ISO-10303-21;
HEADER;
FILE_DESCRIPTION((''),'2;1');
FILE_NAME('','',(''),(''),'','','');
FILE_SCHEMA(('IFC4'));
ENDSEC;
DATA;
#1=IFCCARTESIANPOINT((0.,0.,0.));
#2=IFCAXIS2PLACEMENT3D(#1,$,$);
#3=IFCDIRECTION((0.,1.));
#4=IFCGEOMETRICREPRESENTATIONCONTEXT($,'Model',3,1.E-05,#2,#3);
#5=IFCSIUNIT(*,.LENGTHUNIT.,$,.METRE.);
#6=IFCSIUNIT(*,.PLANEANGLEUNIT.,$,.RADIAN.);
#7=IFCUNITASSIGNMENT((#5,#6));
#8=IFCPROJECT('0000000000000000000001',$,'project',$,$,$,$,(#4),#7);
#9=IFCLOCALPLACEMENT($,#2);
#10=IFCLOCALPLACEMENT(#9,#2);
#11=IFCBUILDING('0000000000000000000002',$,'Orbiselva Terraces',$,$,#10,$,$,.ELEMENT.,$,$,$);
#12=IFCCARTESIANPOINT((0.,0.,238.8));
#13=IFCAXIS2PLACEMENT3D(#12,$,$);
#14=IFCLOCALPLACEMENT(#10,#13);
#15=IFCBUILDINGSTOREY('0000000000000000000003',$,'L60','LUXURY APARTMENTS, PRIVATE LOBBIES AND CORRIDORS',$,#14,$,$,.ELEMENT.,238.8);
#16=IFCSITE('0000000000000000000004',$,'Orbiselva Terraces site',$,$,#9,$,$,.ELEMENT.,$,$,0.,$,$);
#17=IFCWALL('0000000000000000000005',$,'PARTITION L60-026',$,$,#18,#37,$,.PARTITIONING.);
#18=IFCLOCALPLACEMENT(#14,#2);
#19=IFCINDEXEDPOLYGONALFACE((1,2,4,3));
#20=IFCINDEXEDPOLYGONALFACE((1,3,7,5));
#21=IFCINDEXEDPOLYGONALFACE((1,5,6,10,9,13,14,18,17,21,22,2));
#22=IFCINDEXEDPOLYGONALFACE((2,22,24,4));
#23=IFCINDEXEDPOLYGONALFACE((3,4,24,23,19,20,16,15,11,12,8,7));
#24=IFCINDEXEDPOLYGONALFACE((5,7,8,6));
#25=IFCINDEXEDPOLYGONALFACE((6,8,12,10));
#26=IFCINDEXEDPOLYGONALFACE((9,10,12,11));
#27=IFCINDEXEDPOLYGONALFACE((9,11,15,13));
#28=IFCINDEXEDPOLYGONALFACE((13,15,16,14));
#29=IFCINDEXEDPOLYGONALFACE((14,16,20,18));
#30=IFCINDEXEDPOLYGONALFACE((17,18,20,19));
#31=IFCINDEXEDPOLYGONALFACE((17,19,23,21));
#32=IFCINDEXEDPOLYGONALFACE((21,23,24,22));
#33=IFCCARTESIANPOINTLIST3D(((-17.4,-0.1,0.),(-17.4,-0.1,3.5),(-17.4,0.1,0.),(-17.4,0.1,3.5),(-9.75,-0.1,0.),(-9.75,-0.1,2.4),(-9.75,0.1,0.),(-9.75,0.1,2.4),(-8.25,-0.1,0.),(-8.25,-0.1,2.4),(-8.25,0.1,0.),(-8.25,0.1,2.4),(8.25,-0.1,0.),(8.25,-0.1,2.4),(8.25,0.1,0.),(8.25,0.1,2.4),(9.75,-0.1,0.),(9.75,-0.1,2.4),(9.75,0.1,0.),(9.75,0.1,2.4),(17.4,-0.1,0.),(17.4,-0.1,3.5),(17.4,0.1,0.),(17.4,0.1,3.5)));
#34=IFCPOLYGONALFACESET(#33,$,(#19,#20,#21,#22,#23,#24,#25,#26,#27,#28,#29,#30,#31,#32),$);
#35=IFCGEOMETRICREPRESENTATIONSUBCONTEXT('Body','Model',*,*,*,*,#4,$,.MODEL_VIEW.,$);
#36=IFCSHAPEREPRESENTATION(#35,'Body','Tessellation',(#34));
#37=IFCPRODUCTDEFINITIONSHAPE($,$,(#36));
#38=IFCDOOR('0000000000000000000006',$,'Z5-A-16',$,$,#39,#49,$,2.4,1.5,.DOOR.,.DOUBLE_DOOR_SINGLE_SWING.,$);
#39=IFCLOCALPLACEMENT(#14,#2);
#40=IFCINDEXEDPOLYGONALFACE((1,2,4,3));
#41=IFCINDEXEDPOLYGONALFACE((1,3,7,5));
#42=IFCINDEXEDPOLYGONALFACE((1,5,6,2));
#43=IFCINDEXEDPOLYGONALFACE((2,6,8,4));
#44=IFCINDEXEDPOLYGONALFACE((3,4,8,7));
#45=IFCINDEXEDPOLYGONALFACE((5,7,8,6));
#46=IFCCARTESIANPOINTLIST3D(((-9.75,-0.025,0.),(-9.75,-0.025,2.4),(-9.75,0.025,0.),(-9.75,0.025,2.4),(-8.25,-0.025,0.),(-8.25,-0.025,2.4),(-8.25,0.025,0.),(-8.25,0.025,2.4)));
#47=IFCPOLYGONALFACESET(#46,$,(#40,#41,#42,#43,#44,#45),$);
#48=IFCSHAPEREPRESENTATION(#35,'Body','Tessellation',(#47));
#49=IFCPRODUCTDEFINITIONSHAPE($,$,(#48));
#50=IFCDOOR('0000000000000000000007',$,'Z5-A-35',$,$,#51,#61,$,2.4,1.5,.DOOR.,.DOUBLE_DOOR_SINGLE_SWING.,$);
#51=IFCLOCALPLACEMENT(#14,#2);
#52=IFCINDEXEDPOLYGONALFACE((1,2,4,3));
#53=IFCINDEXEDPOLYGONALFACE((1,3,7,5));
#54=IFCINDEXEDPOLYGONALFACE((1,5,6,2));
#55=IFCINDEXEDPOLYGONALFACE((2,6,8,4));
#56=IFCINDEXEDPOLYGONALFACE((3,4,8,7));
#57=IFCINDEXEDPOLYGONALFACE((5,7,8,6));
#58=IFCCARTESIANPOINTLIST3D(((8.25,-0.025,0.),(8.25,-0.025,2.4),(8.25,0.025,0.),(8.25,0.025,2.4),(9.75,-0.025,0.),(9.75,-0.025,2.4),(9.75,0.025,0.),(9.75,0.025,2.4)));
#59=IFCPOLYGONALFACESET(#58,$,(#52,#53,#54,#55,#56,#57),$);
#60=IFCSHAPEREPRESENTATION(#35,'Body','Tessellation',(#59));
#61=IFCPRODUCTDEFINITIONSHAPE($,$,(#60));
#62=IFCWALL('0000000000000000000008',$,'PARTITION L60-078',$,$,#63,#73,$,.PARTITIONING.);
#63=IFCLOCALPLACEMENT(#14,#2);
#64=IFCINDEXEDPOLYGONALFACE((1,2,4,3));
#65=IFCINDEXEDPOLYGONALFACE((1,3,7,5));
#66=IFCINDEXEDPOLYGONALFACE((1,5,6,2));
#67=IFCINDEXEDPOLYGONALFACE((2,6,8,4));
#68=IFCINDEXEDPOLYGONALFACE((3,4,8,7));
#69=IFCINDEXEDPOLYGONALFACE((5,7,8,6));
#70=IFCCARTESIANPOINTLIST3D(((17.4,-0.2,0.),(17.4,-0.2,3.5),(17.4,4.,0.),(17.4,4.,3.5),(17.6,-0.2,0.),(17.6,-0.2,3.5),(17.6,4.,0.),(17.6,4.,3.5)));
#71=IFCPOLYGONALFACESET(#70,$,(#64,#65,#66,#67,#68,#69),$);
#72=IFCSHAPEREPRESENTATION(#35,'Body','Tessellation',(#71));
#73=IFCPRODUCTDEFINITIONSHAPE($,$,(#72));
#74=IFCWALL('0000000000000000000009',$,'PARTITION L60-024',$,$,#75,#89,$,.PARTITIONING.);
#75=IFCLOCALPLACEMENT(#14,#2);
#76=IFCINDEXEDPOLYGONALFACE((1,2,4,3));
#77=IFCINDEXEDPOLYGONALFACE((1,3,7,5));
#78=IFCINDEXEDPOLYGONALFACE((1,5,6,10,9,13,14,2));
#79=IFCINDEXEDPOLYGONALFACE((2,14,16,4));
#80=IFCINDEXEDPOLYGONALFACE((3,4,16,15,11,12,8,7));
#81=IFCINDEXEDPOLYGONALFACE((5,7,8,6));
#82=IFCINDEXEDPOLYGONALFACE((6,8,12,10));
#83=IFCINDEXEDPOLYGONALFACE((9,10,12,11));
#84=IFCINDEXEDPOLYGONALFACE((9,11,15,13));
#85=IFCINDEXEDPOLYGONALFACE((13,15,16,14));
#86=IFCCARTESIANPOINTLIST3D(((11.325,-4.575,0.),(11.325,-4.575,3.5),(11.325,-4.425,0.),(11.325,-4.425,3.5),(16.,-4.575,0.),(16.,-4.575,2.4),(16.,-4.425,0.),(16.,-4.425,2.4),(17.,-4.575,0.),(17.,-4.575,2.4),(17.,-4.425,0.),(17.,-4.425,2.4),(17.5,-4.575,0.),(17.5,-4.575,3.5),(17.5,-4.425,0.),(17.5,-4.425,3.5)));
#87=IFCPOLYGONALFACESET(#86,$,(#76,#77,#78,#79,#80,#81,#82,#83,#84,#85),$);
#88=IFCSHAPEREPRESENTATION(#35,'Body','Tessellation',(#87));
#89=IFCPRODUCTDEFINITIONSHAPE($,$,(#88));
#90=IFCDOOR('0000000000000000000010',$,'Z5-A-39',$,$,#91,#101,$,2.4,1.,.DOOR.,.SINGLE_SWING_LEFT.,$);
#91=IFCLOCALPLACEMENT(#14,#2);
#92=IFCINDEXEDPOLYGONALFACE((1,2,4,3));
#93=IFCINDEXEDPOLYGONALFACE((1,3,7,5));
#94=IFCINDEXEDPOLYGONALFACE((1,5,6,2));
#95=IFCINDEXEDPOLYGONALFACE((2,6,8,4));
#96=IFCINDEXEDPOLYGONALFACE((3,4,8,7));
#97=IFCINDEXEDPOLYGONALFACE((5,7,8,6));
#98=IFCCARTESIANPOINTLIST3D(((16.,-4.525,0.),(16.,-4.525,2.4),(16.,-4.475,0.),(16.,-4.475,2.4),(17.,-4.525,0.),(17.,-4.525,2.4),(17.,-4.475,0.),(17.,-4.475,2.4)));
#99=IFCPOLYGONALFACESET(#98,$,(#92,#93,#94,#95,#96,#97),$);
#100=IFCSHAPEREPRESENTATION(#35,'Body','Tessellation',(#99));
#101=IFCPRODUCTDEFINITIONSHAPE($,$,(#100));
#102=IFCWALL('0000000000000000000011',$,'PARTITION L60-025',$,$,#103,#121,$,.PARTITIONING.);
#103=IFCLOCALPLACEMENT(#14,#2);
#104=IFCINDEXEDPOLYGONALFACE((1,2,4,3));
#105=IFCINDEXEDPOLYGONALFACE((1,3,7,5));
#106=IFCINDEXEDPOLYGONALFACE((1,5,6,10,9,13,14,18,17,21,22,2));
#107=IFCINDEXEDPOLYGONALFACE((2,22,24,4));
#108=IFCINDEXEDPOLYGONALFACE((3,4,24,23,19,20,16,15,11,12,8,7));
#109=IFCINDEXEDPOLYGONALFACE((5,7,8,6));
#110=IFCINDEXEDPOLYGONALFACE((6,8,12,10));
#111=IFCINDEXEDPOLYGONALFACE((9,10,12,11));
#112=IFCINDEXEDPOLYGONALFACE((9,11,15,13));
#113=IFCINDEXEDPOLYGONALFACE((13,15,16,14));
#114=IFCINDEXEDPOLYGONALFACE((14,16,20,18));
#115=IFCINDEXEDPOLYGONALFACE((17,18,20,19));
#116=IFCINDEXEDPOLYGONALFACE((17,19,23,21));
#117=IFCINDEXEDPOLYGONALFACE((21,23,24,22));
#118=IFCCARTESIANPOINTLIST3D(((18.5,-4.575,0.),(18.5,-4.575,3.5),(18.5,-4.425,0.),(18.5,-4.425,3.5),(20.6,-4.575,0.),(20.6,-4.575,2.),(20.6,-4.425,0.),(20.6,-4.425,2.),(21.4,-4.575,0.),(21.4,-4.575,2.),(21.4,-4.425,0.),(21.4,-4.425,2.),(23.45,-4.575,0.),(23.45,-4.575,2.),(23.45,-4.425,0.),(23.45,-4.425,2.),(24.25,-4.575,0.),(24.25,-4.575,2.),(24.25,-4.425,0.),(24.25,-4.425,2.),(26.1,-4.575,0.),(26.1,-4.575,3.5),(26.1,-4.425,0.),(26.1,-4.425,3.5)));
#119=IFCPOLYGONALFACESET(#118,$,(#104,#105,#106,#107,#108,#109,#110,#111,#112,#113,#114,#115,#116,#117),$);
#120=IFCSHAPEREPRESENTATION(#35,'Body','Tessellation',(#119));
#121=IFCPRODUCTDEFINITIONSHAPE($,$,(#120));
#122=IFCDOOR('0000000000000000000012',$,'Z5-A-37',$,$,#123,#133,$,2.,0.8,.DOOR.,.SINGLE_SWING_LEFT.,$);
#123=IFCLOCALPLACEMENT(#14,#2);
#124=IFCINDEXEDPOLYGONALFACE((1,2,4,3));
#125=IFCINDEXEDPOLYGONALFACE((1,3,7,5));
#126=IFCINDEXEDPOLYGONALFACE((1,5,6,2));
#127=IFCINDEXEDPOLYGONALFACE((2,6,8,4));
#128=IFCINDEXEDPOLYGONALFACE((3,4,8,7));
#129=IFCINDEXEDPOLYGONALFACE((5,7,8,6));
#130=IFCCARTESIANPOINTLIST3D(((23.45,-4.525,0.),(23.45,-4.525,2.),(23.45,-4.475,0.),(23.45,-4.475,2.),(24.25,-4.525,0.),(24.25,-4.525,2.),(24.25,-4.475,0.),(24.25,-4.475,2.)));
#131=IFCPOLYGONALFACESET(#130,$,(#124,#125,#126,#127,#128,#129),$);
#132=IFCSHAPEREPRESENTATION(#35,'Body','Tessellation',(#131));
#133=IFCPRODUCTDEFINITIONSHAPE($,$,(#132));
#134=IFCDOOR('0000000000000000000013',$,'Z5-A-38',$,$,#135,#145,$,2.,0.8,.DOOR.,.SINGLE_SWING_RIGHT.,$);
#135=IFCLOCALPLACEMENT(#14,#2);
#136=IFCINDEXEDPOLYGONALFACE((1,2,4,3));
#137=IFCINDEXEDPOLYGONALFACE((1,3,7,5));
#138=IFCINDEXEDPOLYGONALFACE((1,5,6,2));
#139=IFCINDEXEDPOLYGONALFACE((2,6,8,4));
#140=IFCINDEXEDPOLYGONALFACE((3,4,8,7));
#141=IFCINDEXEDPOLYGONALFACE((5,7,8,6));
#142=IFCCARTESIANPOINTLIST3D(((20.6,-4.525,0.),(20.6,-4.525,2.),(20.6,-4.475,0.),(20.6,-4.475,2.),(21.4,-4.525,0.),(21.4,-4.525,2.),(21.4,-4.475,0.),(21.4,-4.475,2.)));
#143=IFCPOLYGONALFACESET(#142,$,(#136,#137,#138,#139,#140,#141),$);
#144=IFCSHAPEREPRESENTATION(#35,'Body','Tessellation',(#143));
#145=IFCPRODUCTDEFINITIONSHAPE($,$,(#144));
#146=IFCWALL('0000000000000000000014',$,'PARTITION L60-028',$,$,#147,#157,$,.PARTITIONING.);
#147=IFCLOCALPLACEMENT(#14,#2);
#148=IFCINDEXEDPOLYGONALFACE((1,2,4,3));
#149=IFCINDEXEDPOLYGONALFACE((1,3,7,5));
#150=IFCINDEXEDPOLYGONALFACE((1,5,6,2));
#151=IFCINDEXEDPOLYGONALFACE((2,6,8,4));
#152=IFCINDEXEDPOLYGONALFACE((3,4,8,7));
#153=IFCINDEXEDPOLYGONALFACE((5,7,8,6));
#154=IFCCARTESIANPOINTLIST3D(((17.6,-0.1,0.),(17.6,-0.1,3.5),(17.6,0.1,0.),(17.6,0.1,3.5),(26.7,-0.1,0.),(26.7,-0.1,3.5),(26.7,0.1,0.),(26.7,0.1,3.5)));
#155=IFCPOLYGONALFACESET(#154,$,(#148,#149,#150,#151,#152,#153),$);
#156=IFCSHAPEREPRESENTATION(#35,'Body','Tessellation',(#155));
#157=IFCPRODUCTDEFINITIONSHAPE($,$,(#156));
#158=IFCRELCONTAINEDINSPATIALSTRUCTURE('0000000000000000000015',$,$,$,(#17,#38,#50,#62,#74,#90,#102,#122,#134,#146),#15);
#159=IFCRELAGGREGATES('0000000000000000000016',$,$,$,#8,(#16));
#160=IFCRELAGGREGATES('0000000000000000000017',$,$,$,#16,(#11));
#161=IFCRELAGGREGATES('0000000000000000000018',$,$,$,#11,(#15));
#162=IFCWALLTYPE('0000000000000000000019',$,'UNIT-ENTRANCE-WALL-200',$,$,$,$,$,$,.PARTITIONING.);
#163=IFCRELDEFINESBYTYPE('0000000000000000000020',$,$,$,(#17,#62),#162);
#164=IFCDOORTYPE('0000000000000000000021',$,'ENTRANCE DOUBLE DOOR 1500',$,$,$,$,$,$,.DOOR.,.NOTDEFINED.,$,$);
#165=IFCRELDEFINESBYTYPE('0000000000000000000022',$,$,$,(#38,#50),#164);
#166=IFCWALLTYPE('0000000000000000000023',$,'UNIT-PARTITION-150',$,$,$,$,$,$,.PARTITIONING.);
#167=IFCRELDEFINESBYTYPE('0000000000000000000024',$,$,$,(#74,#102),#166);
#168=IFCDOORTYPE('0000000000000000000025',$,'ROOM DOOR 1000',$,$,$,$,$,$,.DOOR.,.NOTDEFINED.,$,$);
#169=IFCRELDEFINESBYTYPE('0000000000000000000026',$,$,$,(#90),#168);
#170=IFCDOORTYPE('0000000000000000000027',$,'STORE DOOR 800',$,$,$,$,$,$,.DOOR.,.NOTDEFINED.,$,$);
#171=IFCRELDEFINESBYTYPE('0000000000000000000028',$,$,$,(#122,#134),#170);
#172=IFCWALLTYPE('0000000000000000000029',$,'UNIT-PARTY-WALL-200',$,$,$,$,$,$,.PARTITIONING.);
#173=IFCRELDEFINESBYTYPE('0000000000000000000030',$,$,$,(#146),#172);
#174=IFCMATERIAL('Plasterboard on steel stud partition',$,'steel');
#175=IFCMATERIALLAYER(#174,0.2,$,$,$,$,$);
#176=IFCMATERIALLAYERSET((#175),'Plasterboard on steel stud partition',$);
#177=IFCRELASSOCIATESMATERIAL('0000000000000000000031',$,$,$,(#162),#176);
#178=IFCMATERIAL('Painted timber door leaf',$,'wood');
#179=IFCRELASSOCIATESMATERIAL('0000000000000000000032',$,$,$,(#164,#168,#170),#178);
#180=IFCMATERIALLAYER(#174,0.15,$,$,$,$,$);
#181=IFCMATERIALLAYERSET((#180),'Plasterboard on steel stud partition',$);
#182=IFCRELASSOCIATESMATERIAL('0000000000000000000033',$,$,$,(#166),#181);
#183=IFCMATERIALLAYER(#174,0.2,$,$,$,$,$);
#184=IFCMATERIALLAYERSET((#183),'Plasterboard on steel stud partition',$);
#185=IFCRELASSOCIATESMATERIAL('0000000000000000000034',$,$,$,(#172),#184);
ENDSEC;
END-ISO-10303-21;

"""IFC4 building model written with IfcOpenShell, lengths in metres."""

from ifc_helpers import new_model, si_unit, direction, frame, frame_2d, origin, place, context, subcontext, project, spatial, rectangle, extrude, material, layer, layer_set, type_object, element, fill, save


model = new_model("IFC4")

# Units and contexts
model_context = context("Model", 3, precision=1e-05, world=origin(), true_north=direction((0.0, 1.0)))
body_context = subcontext(model_context, "Body", "Model", "MODEL_VIEW")
ifc_project = project(units=[si_unit("LENGTHUNIT", "METRE"), si_unit("PLANEANGLEUNIT", "RADIAN")], contexts=[model_context])

# Site, building, storey
site_placement = place(None, origin())
site = spatial("IfcSite", under=ifc_project, at=site_placement, Name="Orbiselva Terraces site", CompositionType="ELEMENT", RefElevation=0.0)
building_placement = place(site_placement, origin())
building = spatial("IfcBuilding", under=site, at=building_placement, Name="Orbiselva Terraces", CompositionType="ELEMENT")
storey_placement = place(building_placement, frame((0.0, 0.0, 238.8)))
storey = spatial("IfcBuildingStorey", under=building, at=storey_placement, Name="L60", Description="LUXURY APARTMENTS, PRIVATE LOBBIES AND CORRIDORS", CompositionType="ELEMENT", Elevation=238.8)

# Wall, openings, doors
ifc_material_1 = material(Name="Plasterboard on steel stud partition", Category="steel")
ifc_layer_1 = layer(ifc_material_1, 0.2)
ifc_layer_set_1 = layer_set([ifc_layer_1], Name="Plasterboard on steel stud partition")
wall_type_1 = type_object("IfcWallType", Name="UNIT-ENTRANCE-WALL-200", PredefinedType="PARTITIONING", material=ifc_layer_set_1)
wall_1_placement = place(storey_placement, frame((17.4, 0.0, 0.0), z_axis=(0.0, 0.0, 1.0), x_axis=(-1.0, 0.0, 0.0)))
wall_1 = element("IfcWall", 1, at=wall_1_placement, inside=storey, type_object=wall_type_1, Name="PARTITION L60-026", PredefinedType="PARTITIONING", context=body_context, shape_type="SweptSolid", body=[
    extrude(rectangle(XDim=34.8, YDim=0.2, at=frame_2d((17.4, 0.0))), origin(), (0.0, 0.0, 1.0), 3.5),
])
opening_1_placement = place(wall_1_placement, frame((25.65, 0.0, 0.0)))
opening_1 = element("IfcOpeningElement", 2, at=opening_1_placement, cuts=wall_1, PredefinedType="OPENING", context=body_context, shape_type="SweptSolid", body=[
    extrude(rectangle(XDim=1.5, YDim=2.4, at=frame_2d((0.75, 1.2))), frame((0.0, 0.11, 0.0), z_axis=(0.0, -1.0, 0.0), x_axis=(1.0, 0.0, 0.0)), (0.0, 0.0, 1.0), 0.22),
])
opening_2_placement = place(wall_1_placement, frame((7.65, 0.0, 0.0)))
opening_2 = element("IfcOpeningElement", 3, at=opening_2_placement, cuts=wall_1, PredefinedType="OPENING", context=body_context, shape_type="SweptSolid", body=[
    extrude(rectangle(XDim=1.5, YDim=2.4, at=frame_2d((0.75, 1.2))), frame((0.0, 0.11, 0.0), z_axis=(0.0, -1.0, 0.0), x_axis=(1.0, 0.0, 0.0)), (0.0, 0.0, 1.0), 0.22),
])
ifc_material_2 = material(Name="Painted timber door leaf", Category="wood")
door_type_1 = type_object("IfcDoorType", Name="ENTRANCE DOUBLE DOOR 1500", OperationType="NOTDEFINED", PredefinedType="DOOR", material=ifc_material_2)
door_1_placement = place(opening_1_placement, origin())
door_1 = element("IfcDoor", 4, at=door_1_placement, inside=storey, type_object=door_type_1, Name="Z5-A-16", OperationType="DOUBLE_DOOR_SINGLE_SWING", OverallHeight=2.4, OverallWidth=1.5, PredefinedType="DOOR", context=body_context, shape_type="SweptSolid", body=[
    extrude(rectangle(XDim=1.5, YDim=2.4, at=frame_2d((0.75, 1.2))), frame((0.0, 0.025, 0.0), z_axis=(0.0, -1.0, 0.0), x_axis=(1.0, 0.0, 0.0)), (0.0, 0.0, 1.0), 0.05),
])
fill(opening_1, door_1)
door_2_placement = place(opening_2_placement, origin())
door_2 = element("IfcDoor", 5, at=door_2_placement, inside=storey, type_object=door_type_1, Name="Z5-A-35", OperationType="DOUBLE_DOOR_SINGLE_SWING", OverallHeight=2.4, OverallWidth=1.5, PredefinedType="DOOR", context=body_context, shape_type="SweptSolid", body=[
    extrude(rectangle(XDim=1.5, YDim=2.4, at=frame_2d((0.75, 1.2))), frame((0.0, 0.025, 0.0), z_axis=(0.0, -1.0, 0.0), x_axis=(1.0, 0.0, 0.0)), (0.0, 0.0, 1.0), 0.05),
])
fill(opening_2, door_2)

# Wall
wall_2_placement = place(storey_placement, frame((17.5, -0.2, 0.0), z_axis=(0.0, 0.0, 1.0), x_axis=(0.0, 1.0, 0.0)))
element("IfcWall", 6, at=wall_2_placement, inside=storey, type_object=wall_type_1, Name="PARTITION L60-078", PredefinedType="PARTITIONING", context=body_context, shape_type="SweptSolid", body=[
    extrude(rectangle(XDim=4.2, YDim=0.2, at=frame_2d((2.1, 0.0))), origin(), (0.0, 0.0, 1.0), 3.5),
])

# Wall, opening, door
ifc_layer_2 = layer(ifc_material_1, 0.15)
ifc_layer_set_2 = layer_set([ifc_layer_2], Name="Plasterboard on steel stud partition")
wall_type_2 = type_object("IfcWallType", Name="UNIT-PARTITION-150", PredefinedType="PARTITIONING", material=ifc_layer_set_2)
wall_3_placement = place(storey_placement, frame((17.5, -4.5, 0.0), z_axis=(0.0, 0.0, 1.0), x_axis=(-1.0, 0.0, 0.0)))
wall_3 = element("IfcWall", 7, at=wall_3_placement, inside=storey, type_object=wall_type_2, Name="PARTITION L60-024", PredefinedType="PARTITIONING", context=body_context, shape_type="SweptSolid", body=[
    extrude(rectangle(XDim=6.175, YDim=0.15, at=frame_2d((3.0875, 0.0))), origin(), (0.0, 0.0, 1.0), 3.5),
])
opening_3_placement = place(wall_3_placement, frame((0.5, 0.0, 0.0)))
opening_3 = element("IfcOpeningElement", 8, at=opening_3_placement, cuts=wall_3, PredefinedType="OPENING", context=body_context, shape_type="SweptSolid", body=[
    extrude(rectangle(XDim=1.0, YDim=2.4, at=frame_2d((0.5, 1.2))), frame((0.0, 0.085, 0.0), z_axis=(0.0, -1.0, 0.0), x_axis=(1.0, 0.0, 0.0)), (0.0, 0.0, 1.0), 0.17),
])
door_type_2 = type_object("IfcDoorType", Name="ROOM DOOR 1000", OperationType="NOTDEFINED", PredefinedType="DOOR", material=ifc_material_2)
door_3_placement = place(opening_3_placement, origin())
door_3 = element("IfcDoor", 9, at=door_3_placement, inside=storey, type_object=door_type_2, Name="Z5-A-39", OperationType="SINGLE_SWING_LEFT", OverallHeight=2.4, OverallWidth=1.0, PredefinedType="DOOR", context=body_context, shape_type="SweptSolid", body=[
    extrude(rectangle(XDim=1.0, YDim=2.4, at=frame_2d((0.5, 1.2))), frame((0.0, 0.025, 0.0), z_axis=(0.0, -1.0, 0.0), x_axis=(1.0, 0.0, 0.0)), (0.0, 0.0, 1.0), 0.05),
])
fill(opening_3, door_3)

# Wall, openings, doors
wall_4_placement = place(storey_placement, frame((26.1, -4.5, 0.0), z_axis=(0.0, 0.0, 1.0), x_axis=(-1.0, 0.0, 0.0)))
wall_4 = element("IfcWall", 10, at=wall_4_placement, inside=storey, type_object=wall_type_2, Name="PARTITION L60-025", PredefinedType="PARTITIONING", context=body_context, shape_type="SweptSolid", body=[
    extrude(rectangle(XDim=7.6, YDim=0.15, at=frame_2d((3.8, 0.0))), origin(), (0.0, 0.0, 1.0), 3.5),
])
opening_4_placement = place(wall_4_placement, frame((1.85, 0.0, 0.0)))
opening_4 = element("IfcOpeningElement", 11, at=opening_4_placement, cuts=wall_4, PredefinedType="OPENING", context=body_context, shape_type="SweptSolid", body=[
    extrude(rectangle(XDim=0.8, YDim=2.0, at=frame_2d((0.4, 1.0))), frame((0.0, 0.085, 0.0), z_axis=(0.0, -1.0, 0.0), x_axis=(1.0, 0.0, 0.0)), (0.0, 0.0, 1.0), 0.17),
])
opening_5_placement = place(wall_4_placement, frame((4.7, 0.0, 0.0)))
opening_5 = element("IfcOpeningElement", 12, at=opening_5_placement, cuts=wall_4, PredefinedType="OPENING", context=body_context, shape_type="SweptSolid", body=[
    extrude(rectangle(XDim=0.8, YDim=2.0, at=frame_2d((0.4, 1.0))), frame((0.0, 0.085, 0.0), z_axis=(0.0, -1.0, 0.0), x_axis=(1.0, 0.0, 0.0)), (0.0, 0.0, 1.0), 0.17),
])
door_type_3 = type_object("IfcDoorType", Name="STORE DOOR 800", OperationType="NOTDEFINED", PredefinedType="DOOR", material=ifc_material_2)
door_4_placement = place(opening_4_placement, origin())
door_4 = element("IfcDoor", 13, at=door_4_placement, inside=storey, type_object=door_type_3, Name="Z5-A-37", OperationType="SINGLE_SWING_LEFT", OverallHeight=2.0, OverallWidth=0.8, PredefinedType="DOOR", context=body_context, shape_type="SweptSolid", body=[
    extrude(rectangle(XDim=0.8, YDim=2.0, at=frame_2d((0.4, 1.0))), frame((0.0, 0.025, 0.0), z_axis=(0.0, -1.0, 0.0), x_axis=(1.0, 0.0, 0.0)), (0.0, 0.0, 1.0), 0.05),
])
fill(opening_4, door_4)
door_5_placement = place(opening_5_placement, origin())
door_5 = element("IfcDoor", 14, at=door_5_placement, inside=storey, type_object=door_type_3, Name="Z5-A-38", OperationType="SINGLE_SWING_RIGHT", OverallHeight=2.0, OverallWidth=0.8, PredefinedType="DOOR", context=body_context, shape_type="SweptSolid", body=[
    extrude(rectangle(XDim=0.8, YDim=2.0, at=frame_2d((0.4, 1.0))), frame((0.0, 0.025, 0.0), z_axis=(0.0, -1.0, 0.0), x_axis=(1.0, 0.0, 0.0)), (0.0, 0.0, 1.0), 0.05),
])
fill(opening_5, door_5)

# Wall
ifc_layer_3 = layer(ifc_material_1, 0.2)
ifc_layer_set_3 = layer_set([ifc_layer_3], Name="Plasterboard on steel stud partition")
wall_type_3 = type_object("IfcWallType", Name="UNIT-PARTY-WALL-200", PredefinedType="PARTITIONING", material=ifc_layer_set_3)
wall_5_placement = place(storey_placement, frame((17.6, 0.0, 0.0), z_axis=(0.0, 0.0, 1.0), x_axis=(1.0, 0.0, 0.0)))
element("IfcWall", 15, at=wall_5_placement, inside=storey, type_object=wall_type_3, Name="PARTITION L60-028", PredefinedType="PARTITIONING", context=body_context, shape_type="SweptSolid", body=[
    extrude(rectangle(XDim=9.1, YDim=0.2, at=frame_2d((4.55, 0.0))), origin(), (0.0, 0.0, 1.0), 3.5),
])

save(model, "model.ifc")
